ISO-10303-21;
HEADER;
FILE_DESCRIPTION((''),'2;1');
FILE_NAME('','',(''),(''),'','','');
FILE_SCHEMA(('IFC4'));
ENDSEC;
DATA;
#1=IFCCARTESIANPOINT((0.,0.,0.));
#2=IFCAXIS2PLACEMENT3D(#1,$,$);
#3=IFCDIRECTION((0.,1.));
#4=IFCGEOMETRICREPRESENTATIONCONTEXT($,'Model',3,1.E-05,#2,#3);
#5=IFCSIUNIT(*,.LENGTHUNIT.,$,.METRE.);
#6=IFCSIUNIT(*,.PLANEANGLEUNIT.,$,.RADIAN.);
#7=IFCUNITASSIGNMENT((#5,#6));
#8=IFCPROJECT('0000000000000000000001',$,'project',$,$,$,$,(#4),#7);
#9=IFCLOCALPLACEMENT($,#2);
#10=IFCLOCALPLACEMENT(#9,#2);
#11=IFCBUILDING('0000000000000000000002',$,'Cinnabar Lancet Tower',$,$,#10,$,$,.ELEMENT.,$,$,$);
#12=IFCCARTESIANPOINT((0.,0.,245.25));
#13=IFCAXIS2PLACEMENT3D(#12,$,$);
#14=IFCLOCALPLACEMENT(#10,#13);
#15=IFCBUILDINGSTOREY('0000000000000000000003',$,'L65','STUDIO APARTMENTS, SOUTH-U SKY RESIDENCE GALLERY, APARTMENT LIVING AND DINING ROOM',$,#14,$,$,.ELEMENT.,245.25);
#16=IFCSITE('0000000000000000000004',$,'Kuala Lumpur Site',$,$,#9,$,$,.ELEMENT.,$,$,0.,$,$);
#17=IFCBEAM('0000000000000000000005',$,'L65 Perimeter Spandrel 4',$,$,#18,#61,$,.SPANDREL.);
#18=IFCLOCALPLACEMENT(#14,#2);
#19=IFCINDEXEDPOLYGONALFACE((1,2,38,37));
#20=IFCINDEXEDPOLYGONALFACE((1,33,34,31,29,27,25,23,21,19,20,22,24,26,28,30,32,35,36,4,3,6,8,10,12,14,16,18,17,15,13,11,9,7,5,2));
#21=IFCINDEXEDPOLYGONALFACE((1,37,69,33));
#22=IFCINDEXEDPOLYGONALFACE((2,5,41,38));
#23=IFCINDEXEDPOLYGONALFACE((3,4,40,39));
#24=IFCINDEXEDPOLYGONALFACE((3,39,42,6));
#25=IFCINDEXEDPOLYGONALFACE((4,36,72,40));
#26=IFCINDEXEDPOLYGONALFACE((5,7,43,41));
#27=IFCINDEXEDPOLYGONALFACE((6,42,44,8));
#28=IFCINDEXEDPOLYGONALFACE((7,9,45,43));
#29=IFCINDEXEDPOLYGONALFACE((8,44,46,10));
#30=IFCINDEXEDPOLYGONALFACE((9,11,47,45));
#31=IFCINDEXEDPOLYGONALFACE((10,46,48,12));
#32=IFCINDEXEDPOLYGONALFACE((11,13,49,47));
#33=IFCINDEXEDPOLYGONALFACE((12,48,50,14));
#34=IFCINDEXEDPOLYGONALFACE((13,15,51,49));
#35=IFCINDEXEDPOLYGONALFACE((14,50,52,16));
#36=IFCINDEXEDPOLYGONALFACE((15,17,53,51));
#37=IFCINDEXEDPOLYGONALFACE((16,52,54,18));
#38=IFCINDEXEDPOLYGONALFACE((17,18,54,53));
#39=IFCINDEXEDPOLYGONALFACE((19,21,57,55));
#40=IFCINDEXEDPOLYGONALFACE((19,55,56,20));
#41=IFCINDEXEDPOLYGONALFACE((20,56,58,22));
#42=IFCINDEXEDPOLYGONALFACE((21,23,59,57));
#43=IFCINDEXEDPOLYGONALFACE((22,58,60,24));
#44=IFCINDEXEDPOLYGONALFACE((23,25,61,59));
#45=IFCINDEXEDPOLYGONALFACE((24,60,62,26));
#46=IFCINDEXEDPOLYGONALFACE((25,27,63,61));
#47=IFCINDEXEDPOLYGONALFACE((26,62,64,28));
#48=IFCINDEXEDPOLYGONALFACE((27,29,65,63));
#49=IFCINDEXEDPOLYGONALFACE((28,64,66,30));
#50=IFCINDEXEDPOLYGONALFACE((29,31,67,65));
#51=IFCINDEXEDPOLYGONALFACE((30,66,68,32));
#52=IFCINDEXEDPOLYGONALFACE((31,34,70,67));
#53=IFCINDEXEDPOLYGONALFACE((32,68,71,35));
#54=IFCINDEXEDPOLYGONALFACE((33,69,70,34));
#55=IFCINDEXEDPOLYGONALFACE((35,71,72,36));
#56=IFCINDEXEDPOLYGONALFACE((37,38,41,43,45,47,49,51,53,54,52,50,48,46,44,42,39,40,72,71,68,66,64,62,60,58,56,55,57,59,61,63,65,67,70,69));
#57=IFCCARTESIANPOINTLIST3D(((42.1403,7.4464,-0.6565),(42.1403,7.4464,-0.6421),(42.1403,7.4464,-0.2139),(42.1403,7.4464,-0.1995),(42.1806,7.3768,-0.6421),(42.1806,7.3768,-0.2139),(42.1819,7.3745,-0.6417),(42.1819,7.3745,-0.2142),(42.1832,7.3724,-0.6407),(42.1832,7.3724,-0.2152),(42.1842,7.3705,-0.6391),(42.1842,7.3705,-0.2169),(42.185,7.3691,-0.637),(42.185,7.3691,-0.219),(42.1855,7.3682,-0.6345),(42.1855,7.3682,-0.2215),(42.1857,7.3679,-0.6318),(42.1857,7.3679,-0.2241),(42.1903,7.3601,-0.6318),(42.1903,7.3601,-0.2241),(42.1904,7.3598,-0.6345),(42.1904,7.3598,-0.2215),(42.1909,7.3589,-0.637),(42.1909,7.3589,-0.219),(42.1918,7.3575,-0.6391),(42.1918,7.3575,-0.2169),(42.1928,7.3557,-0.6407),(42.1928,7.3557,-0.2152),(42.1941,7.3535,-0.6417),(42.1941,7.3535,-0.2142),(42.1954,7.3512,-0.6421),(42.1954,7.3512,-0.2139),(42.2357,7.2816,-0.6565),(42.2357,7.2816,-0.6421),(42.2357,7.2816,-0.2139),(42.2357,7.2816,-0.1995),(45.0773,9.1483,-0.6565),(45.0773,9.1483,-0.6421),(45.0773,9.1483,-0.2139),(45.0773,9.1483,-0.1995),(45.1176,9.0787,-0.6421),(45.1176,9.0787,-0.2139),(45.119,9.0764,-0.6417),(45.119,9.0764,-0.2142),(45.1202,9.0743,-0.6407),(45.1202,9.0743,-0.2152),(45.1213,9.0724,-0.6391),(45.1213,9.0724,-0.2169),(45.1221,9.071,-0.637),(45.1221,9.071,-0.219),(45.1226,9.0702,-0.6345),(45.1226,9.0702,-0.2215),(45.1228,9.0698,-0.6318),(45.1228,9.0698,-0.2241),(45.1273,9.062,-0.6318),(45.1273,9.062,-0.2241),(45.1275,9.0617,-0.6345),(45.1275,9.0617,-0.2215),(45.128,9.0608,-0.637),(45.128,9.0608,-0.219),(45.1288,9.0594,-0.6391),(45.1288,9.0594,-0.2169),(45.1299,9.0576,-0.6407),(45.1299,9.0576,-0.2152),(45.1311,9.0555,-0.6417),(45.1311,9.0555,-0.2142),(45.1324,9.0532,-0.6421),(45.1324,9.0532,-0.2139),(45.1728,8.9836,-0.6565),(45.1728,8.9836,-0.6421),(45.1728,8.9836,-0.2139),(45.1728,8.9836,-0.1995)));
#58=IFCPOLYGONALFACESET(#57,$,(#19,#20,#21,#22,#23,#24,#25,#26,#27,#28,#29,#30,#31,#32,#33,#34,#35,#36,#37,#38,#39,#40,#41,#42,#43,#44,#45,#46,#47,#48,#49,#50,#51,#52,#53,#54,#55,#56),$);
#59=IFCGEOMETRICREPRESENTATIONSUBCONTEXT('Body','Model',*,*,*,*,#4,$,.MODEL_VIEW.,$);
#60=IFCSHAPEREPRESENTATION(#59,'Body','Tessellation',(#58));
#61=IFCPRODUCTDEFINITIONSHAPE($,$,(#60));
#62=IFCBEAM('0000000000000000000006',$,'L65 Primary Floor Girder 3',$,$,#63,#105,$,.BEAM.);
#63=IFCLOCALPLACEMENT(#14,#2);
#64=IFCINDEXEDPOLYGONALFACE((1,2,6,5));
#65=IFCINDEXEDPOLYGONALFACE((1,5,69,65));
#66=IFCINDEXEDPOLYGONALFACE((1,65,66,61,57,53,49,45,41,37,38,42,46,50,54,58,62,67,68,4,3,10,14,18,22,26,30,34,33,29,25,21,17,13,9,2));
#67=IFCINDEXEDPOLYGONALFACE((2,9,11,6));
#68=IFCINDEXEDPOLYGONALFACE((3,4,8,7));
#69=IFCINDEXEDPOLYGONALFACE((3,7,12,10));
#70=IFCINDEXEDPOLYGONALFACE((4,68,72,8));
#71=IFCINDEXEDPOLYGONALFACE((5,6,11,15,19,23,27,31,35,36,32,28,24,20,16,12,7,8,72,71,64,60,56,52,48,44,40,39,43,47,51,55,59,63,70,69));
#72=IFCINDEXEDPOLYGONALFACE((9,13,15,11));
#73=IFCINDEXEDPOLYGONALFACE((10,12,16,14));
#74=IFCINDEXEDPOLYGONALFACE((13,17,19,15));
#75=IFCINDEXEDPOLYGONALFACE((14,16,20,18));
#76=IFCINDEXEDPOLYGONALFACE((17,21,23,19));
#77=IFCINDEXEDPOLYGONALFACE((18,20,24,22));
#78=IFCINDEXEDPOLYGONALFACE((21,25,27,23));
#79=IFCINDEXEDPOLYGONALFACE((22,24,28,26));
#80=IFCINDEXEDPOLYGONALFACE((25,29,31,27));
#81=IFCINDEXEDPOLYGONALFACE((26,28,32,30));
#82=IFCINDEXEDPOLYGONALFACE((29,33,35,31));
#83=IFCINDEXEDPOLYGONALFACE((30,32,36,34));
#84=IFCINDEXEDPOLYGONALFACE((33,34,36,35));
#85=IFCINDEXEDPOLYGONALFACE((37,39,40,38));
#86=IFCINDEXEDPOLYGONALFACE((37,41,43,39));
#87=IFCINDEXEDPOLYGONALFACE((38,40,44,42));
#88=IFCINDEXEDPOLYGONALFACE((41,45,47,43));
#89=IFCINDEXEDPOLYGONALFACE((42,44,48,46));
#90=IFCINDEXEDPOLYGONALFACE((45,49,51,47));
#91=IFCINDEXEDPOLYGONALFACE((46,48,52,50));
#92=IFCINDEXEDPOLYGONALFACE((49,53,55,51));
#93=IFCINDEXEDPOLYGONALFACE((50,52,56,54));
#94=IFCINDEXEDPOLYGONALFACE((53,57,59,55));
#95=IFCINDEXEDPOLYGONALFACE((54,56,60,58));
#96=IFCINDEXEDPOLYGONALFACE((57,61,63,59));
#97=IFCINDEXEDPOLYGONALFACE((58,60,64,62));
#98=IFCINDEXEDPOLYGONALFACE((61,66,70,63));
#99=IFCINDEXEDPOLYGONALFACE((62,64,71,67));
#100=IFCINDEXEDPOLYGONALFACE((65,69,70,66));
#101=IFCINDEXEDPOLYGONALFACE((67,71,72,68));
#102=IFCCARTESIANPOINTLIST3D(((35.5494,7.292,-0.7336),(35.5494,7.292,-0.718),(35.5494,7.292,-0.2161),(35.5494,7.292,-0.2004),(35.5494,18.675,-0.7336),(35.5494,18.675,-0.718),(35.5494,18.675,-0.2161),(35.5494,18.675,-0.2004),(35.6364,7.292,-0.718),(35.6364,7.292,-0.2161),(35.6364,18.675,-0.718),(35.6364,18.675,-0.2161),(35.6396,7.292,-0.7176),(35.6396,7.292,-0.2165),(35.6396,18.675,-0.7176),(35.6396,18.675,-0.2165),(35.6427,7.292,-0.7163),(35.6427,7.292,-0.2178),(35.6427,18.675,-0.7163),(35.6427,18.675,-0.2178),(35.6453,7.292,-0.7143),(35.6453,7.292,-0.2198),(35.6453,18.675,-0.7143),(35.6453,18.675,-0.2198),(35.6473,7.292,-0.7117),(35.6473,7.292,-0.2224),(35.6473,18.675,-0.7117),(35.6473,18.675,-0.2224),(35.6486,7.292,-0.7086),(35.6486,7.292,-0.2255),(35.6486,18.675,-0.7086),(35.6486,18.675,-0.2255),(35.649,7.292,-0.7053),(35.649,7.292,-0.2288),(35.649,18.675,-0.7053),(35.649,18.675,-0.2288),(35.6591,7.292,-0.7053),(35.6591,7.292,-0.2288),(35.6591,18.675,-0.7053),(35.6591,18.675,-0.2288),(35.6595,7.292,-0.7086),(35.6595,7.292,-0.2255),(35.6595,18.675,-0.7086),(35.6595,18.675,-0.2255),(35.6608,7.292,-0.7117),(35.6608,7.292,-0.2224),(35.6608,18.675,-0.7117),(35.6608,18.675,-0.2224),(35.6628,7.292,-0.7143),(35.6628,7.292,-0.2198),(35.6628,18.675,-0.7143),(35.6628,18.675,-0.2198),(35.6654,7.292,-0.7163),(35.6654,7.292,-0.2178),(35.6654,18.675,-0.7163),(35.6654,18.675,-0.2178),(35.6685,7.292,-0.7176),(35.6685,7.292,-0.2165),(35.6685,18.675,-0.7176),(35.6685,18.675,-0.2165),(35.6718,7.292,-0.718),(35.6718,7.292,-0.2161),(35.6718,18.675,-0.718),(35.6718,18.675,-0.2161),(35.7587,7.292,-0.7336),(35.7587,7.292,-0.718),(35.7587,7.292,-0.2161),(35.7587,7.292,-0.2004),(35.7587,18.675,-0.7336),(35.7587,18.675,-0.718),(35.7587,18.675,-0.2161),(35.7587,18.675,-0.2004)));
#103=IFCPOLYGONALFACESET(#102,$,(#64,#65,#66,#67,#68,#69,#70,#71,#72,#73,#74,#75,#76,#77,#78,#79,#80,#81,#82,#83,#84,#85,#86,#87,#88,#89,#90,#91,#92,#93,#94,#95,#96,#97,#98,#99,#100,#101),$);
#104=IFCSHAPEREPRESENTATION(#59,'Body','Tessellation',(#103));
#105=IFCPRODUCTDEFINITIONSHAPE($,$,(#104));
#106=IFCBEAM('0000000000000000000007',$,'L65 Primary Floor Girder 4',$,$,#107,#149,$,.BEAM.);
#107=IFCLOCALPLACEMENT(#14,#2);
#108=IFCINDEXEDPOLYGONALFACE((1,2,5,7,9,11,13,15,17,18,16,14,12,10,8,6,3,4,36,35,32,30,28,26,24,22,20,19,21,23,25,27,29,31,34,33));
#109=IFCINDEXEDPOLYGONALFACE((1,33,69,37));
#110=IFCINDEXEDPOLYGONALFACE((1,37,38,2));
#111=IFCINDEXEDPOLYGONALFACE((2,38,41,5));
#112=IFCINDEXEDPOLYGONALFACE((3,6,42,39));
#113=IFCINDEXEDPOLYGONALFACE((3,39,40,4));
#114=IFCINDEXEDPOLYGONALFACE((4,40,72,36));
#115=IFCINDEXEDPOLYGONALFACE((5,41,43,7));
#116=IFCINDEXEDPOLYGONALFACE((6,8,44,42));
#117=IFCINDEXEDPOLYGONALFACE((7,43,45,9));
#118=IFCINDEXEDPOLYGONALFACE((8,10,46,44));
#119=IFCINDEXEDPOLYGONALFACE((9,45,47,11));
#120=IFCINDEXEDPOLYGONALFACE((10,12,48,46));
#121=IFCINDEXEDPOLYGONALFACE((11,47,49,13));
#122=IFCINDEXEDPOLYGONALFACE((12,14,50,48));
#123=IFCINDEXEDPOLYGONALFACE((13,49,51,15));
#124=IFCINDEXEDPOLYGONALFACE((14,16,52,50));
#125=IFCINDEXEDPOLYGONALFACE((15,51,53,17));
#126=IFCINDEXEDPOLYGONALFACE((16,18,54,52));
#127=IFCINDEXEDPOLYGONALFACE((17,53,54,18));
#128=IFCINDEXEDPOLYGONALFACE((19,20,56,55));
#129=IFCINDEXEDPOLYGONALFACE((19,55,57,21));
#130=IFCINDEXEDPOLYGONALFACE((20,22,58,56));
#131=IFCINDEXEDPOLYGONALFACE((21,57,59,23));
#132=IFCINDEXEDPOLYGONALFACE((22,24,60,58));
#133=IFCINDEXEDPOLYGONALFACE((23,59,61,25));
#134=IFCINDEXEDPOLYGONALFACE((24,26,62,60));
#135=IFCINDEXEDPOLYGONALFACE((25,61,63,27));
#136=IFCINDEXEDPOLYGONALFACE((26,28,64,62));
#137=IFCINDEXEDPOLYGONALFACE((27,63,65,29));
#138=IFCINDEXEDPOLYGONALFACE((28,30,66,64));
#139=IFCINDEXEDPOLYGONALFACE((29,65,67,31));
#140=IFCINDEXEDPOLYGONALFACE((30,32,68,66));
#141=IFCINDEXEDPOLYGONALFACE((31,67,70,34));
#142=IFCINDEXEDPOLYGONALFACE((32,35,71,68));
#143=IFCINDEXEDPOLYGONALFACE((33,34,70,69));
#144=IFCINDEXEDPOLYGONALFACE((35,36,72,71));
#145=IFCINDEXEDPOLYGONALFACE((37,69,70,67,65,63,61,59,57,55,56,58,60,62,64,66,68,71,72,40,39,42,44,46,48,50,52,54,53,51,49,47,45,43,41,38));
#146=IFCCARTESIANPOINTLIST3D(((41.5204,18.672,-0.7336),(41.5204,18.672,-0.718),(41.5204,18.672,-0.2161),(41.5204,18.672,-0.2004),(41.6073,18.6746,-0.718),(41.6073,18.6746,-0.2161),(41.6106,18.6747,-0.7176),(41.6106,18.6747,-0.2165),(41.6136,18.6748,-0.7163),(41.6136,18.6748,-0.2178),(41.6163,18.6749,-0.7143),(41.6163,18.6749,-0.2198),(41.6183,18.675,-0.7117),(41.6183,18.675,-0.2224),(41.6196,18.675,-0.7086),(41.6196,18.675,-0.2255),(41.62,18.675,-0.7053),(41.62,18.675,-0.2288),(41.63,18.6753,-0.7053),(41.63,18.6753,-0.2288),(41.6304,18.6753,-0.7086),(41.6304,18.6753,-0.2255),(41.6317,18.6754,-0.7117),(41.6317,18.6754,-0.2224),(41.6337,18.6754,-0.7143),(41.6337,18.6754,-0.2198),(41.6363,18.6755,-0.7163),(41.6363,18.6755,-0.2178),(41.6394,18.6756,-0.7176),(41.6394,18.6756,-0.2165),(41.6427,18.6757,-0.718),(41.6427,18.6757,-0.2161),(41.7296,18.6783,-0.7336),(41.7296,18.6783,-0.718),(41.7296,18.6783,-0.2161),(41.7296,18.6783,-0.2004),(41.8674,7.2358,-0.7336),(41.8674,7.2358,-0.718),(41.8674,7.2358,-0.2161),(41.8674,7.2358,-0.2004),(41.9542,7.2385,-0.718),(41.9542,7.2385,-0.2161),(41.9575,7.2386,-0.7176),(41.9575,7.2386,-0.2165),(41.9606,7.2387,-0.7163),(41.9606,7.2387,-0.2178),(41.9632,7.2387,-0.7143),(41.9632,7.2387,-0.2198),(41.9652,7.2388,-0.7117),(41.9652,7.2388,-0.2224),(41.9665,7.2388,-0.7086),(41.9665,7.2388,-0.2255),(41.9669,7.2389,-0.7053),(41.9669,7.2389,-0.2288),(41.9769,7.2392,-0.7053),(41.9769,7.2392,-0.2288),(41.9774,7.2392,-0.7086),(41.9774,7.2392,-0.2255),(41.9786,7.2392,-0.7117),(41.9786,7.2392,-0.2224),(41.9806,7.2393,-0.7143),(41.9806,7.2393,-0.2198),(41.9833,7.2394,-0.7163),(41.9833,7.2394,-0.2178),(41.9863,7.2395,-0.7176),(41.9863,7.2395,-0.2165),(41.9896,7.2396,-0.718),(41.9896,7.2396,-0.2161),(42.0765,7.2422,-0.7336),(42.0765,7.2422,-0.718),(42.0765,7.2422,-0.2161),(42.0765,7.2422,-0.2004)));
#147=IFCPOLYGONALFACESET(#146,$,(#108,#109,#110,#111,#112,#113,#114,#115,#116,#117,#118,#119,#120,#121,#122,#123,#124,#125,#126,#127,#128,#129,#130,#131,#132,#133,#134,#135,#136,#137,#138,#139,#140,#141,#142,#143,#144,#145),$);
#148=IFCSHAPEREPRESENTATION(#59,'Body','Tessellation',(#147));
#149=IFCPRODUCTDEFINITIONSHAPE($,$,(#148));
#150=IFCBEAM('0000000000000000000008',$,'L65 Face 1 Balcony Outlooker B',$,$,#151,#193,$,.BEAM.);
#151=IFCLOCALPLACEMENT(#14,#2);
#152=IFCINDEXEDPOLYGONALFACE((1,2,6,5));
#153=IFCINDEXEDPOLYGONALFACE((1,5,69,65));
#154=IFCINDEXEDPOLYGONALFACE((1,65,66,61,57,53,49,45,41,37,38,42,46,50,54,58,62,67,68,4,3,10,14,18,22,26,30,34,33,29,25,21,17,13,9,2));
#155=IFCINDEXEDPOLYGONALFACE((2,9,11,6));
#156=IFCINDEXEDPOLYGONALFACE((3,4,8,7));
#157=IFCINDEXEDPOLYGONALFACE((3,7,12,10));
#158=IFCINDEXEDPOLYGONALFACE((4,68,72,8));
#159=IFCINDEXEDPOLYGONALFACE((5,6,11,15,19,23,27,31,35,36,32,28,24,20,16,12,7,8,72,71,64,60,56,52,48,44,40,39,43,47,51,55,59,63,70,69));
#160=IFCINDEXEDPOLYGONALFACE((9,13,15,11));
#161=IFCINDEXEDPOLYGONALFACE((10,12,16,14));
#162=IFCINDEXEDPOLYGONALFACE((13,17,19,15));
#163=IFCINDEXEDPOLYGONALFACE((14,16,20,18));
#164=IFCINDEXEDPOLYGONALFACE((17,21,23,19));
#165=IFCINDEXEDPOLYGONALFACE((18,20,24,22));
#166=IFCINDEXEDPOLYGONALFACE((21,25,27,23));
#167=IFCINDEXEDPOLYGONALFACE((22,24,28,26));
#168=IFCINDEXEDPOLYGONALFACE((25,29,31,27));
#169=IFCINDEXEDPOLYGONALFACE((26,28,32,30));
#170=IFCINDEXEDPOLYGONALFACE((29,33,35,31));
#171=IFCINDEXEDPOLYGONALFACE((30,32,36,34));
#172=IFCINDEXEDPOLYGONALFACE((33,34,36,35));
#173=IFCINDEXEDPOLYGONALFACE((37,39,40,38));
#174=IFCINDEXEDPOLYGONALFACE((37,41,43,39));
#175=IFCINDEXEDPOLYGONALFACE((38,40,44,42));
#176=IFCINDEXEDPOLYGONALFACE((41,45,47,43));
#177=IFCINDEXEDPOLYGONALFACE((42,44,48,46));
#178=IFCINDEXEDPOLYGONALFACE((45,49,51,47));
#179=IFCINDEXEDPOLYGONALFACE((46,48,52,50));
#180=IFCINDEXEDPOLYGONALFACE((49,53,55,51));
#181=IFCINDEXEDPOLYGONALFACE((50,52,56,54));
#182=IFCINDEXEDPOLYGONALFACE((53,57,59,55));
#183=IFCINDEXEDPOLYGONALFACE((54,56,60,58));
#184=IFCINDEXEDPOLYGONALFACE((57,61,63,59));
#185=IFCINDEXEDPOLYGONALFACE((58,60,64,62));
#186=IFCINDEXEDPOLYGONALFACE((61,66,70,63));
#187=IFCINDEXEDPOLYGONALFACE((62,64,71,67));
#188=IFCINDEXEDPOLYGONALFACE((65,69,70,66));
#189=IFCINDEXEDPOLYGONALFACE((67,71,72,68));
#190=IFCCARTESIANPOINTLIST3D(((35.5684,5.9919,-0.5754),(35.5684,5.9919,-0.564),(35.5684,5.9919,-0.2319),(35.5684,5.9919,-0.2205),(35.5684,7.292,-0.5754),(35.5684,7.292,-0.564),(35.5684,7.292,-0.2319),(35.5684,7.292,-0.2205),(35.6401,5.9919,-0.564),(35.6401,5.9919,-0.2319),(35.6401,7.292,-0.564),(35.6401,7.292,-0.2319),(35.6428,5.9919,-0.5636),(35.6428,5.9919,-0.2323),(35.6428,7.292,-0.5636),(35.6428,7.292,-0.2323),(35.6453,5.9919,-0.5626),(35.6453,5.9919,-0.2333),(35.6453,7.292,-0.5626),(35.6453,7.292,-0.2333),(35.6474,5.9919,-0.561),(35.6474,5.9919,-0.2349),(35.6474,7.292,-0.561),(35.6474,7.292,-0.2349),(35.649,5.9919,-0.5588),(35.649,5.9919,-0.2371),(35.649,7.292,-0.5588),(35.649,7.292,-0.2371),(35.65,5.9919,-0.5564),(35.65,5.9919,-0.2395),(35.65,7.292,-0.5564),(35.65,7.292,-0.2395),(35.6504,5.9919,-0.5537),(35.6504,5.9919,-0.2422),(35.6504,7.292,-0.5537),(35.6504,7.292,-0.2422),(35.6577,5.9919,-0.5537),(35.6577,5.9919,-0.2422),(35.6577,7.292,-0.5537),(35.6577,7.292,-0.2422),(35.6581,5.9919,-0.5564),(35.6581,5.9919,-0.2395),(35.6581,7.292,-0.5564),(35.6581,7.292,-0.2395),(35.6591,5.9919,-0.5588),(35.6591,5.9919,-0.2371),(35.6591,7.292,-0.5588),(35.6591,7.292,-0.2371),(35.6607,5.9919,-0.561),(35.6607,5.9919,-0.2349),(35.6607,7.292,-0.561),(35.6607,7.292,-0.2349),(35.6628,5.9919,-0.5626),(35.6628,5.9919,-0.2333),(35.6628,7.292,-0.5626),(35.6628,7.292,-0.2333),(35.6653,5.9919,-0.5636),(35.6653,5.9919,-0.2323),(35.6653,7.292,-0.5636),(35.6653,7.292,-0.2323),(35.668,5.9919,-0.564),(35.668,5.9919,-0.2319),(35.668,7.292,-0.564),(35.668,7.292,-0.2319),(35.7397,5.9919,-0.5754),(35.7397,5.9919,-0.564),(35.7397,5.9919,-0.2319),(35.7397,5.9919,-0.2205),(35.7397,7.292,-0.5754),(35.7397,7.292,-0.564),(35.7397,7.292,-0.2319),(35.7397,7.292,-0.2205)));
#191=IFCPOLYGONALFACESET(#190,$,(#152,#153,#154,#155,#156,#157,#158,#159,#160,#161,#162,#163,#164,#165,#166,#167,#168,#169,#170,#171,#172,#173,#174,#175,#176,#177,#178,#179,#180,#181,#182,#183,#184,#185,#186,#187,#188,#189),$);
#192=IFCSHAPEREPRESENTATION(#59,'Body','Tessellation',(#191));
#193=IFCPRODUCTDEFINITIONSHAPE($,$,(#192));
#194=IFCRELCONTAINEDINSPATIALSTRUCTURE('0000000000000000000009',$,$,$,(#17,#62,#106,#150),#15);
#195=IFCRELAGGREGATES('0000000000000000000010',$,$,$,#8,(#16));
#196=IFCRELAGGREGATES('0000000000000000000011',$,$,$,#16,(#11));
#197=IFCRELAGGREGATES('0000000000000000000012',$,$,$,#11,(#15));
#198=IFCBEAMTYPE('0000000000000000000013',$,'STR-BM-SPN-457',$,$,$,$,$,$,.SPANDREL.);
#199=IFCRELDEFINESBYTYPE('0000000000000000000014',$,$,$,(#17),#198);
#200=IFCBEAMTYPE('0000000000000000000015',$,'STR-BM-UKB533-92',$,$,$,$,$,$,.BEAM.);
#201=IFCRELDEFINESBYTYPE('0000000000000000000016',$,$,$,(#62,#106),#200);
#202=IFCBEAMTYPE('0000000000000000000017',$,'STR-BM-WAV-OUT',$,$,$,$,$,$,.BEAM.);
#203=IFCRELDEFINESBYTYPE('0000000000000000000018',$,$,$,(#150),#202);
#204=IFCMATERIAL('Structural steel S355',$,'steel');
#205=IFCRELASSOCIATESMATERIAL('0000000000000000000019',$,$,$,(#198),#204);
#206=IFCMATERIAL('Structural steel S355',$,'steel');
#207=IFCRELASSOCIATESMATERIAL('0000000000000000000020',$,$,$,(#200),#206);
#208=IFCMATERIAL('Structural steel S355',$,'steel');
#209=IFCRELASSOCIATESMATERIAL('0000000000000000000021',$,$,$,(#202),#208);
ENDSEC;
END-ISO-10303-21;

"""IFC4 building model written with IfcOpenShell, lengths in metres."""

from ifc_helpers import new_model, si_unit, direction, frame, origin, origin_2d, place, context, subcontext, project, spatial, i_section, extrude, material, material_profile, profile_set, type_object, element, save


model = new_model("IFC4")

# Units and contexts
model_context = context("Model", 3, precision=1e-05, world=origin(), true_north=direction((0.0, 1.0)))
body_context = subcontext(model_context, "Body", "Model", "MODEL_VIEW")
ifc_project = project(units=[si_unit("LENGTHUNIT", "METRE"), si_unit("PLANEANGLEUNIT", "RADIAN")], contexts=[model_context])

# Site, building, storey
site_placement = place(None, origin())
site = spatial("IfcSite", under=ifc_project, at=site_placement, Name="Kuala Lumpur Site", CompositionType="ELEMENT", RefElevation=0.0)
building_placement = place(site_placement, origin())
building = spatial("IfcBuilding", under=site, at=building_placement, Name="Cinnabar Lancet Tower", CompositionType="ELEMENT")
storey_placement = place(building_placement, frame((0.0, 0.0, 245.25)))
storey = spatial("IfcBuildingStorey", under=building, at=storey_placement, Name="L65", Description="STUDIO APARTMENTS, SOUTH-U SKY RESIDENCE GALLERY, APARTMENT LIVING AND DINING ROOM", CompositionType="ELEMENT", Elevation=245.25)

# Beams
ifc_material_1 = material(Name="Structural steel S355", Category="steel")
ifc_material_profile_1 = material_profile(ifc_material_1, i_section(OverallWidth=0.1904, OverallDepth=0.457, WebThickness=0.009, FlangeThickness=0.0144, FilletRadius=0.0103, at=origin_2d()), Name="UKB 457x191x74")
ifc_profile_set_1 = profile_set([ifc_material_profile_1], Name="Structural steel S355")
beam_type_1 = type_object("IfcBeamType", Name="STR-BM-SPN-457", PredefinedType="SPANDREL", material=ifc_profile_set_1)
beam_1_placement = place(storey_placement, frame((42.188, 7.364, -0.428), z_axis=(0.865231, 0.501374, 0.0), x_axis=(-0.501374, 0.865231, 0.0)))
element("IfcBeam", 1, at=beam_1_placement, inside=storey, type_object=beam_type_1, Name="L65 Perimeter Spandrel 4", PredefinedType="SPANDREL", context=body_context, shape_type="SweptSolid", body=[
    extrude(i_section(OverallWidth=0.1904, OverallDepth=0.457, WebThickness=0.009, FlangeThickness=0.0144, FilletRadius=0.0103, at=origin_2d()), origin(), (0.0, 0.0, 1.0), 3.3945),
])
ifc_material_2 = material(Name="Structural steel S355", Category="steel")
ifc_material_profile_2 = material_profile(ifc_material_2, i_section(OverallWidth=0.2092, OverallDepth=0.5332, WebThickness=0.01, FlangeThickness=0.0156, FilletRadius=0.0127, at=origin_2d()), Name="UKB 533x210x92")
ifc_profile_set_2 = profile_set([ifc_material_profile_2], Name="Structural steel S355")
beam_type_2 = type_object("IfcBeamType", Name="STR-BM-UKB533-92", PredefinedType="BEAM", material=ifc_profile_set_2)
beam_2_placement = place(storey_placement, frame((35.6541, 7.292, -0.467), z_axis=(0.0, 1.0, 0.0), x_axis=(-1.0, 0.0, 0.0)))
element("IfcBeam", 2, at=beam_2_placement, inside=storey, type_object=beam_type_2, Name="L65 Primary Floor Girder 3", PredefinedType="BEAM", context=body_context, shape_type="SweptSolid", body=[
    extrude(i_section(OverallWidth=0.2092, OverallDepth=0.5332, WebThickness=0.01, FlangeThickness=0.0156, FilletRadius=0.0127, at=origin_2d()), origin(), (0.0, 0.0, 1.0), 11.3831),
])
beam_3_placement = place(storey_placement, frame((41.9719, 7.239, -0.467), z_axis=(-0.030322, 0.99954, 0.0), x_axis=(-0.99954, -0.030322, 0.0)))
element("IfcBeam", 3, at=beam_3_placement, inside=storey, type_object=beam_type_2, Name="L65 Primary Floor Girder 4", PredefinedType="BEAM", context=body_context, shape_type="SweptSolid", body=[
    extrude(i_section(OverallWidth=0.2092, OverallDepth=0.5332, WebThickness=0.01, FlangeThickness=0.0156, FilletRadius=0.0127, at=origin_2d()), origin(), (0.0, 0.0, 1.0), 11.4414),
])
ifc_material_3 = material(Name="Structural steel S355", Category="steel")
ifc_material_profile_3 = material_profile(ifc_material_3, i_section(OverallWidth=0.1714, OverallDepth=0.355, WebThickness=0.0073, FlangeThickness=0.0115, FilletRadius=0.0103, at=origin_2d()), Name="UKB 356x171x51")
ifc_profile_set_3 = profile_set([ifc_material_profile_3], Name="Structural steel S355")
beam_type_3 = type_object("IfcBeamType", Name="STR-BM-WAV-OUT", PredefinedType="BEAM", material=ifc_profile_set_3)
beam_4_placement = place(storey_placement, frame((35.6541, 7.292, -0.3979), z_axis=(0.0, -1.0, 0.0), x_axis=(1.0, 0.0, 0.0)))
element("IfcBeam", 4, at=beam_4_placement, inside=storey, type_object=beam_type_3, Name="L65 Face 1 Balcony Outlooker B", PredefinedType="BEAM", context=body_context, shape_type="SweptSolid", body=[
    extrude(i_section(OverallWidth=0.1714, OverallDepth=0.355, WebThickness=0.0073, FlangeThickness=0.0115, FilletRadius=0.0103, at=origin_2d()), origin(), (0.0, 0.0, 1.0), 1.3),
])

save(model, "model.ifc")
